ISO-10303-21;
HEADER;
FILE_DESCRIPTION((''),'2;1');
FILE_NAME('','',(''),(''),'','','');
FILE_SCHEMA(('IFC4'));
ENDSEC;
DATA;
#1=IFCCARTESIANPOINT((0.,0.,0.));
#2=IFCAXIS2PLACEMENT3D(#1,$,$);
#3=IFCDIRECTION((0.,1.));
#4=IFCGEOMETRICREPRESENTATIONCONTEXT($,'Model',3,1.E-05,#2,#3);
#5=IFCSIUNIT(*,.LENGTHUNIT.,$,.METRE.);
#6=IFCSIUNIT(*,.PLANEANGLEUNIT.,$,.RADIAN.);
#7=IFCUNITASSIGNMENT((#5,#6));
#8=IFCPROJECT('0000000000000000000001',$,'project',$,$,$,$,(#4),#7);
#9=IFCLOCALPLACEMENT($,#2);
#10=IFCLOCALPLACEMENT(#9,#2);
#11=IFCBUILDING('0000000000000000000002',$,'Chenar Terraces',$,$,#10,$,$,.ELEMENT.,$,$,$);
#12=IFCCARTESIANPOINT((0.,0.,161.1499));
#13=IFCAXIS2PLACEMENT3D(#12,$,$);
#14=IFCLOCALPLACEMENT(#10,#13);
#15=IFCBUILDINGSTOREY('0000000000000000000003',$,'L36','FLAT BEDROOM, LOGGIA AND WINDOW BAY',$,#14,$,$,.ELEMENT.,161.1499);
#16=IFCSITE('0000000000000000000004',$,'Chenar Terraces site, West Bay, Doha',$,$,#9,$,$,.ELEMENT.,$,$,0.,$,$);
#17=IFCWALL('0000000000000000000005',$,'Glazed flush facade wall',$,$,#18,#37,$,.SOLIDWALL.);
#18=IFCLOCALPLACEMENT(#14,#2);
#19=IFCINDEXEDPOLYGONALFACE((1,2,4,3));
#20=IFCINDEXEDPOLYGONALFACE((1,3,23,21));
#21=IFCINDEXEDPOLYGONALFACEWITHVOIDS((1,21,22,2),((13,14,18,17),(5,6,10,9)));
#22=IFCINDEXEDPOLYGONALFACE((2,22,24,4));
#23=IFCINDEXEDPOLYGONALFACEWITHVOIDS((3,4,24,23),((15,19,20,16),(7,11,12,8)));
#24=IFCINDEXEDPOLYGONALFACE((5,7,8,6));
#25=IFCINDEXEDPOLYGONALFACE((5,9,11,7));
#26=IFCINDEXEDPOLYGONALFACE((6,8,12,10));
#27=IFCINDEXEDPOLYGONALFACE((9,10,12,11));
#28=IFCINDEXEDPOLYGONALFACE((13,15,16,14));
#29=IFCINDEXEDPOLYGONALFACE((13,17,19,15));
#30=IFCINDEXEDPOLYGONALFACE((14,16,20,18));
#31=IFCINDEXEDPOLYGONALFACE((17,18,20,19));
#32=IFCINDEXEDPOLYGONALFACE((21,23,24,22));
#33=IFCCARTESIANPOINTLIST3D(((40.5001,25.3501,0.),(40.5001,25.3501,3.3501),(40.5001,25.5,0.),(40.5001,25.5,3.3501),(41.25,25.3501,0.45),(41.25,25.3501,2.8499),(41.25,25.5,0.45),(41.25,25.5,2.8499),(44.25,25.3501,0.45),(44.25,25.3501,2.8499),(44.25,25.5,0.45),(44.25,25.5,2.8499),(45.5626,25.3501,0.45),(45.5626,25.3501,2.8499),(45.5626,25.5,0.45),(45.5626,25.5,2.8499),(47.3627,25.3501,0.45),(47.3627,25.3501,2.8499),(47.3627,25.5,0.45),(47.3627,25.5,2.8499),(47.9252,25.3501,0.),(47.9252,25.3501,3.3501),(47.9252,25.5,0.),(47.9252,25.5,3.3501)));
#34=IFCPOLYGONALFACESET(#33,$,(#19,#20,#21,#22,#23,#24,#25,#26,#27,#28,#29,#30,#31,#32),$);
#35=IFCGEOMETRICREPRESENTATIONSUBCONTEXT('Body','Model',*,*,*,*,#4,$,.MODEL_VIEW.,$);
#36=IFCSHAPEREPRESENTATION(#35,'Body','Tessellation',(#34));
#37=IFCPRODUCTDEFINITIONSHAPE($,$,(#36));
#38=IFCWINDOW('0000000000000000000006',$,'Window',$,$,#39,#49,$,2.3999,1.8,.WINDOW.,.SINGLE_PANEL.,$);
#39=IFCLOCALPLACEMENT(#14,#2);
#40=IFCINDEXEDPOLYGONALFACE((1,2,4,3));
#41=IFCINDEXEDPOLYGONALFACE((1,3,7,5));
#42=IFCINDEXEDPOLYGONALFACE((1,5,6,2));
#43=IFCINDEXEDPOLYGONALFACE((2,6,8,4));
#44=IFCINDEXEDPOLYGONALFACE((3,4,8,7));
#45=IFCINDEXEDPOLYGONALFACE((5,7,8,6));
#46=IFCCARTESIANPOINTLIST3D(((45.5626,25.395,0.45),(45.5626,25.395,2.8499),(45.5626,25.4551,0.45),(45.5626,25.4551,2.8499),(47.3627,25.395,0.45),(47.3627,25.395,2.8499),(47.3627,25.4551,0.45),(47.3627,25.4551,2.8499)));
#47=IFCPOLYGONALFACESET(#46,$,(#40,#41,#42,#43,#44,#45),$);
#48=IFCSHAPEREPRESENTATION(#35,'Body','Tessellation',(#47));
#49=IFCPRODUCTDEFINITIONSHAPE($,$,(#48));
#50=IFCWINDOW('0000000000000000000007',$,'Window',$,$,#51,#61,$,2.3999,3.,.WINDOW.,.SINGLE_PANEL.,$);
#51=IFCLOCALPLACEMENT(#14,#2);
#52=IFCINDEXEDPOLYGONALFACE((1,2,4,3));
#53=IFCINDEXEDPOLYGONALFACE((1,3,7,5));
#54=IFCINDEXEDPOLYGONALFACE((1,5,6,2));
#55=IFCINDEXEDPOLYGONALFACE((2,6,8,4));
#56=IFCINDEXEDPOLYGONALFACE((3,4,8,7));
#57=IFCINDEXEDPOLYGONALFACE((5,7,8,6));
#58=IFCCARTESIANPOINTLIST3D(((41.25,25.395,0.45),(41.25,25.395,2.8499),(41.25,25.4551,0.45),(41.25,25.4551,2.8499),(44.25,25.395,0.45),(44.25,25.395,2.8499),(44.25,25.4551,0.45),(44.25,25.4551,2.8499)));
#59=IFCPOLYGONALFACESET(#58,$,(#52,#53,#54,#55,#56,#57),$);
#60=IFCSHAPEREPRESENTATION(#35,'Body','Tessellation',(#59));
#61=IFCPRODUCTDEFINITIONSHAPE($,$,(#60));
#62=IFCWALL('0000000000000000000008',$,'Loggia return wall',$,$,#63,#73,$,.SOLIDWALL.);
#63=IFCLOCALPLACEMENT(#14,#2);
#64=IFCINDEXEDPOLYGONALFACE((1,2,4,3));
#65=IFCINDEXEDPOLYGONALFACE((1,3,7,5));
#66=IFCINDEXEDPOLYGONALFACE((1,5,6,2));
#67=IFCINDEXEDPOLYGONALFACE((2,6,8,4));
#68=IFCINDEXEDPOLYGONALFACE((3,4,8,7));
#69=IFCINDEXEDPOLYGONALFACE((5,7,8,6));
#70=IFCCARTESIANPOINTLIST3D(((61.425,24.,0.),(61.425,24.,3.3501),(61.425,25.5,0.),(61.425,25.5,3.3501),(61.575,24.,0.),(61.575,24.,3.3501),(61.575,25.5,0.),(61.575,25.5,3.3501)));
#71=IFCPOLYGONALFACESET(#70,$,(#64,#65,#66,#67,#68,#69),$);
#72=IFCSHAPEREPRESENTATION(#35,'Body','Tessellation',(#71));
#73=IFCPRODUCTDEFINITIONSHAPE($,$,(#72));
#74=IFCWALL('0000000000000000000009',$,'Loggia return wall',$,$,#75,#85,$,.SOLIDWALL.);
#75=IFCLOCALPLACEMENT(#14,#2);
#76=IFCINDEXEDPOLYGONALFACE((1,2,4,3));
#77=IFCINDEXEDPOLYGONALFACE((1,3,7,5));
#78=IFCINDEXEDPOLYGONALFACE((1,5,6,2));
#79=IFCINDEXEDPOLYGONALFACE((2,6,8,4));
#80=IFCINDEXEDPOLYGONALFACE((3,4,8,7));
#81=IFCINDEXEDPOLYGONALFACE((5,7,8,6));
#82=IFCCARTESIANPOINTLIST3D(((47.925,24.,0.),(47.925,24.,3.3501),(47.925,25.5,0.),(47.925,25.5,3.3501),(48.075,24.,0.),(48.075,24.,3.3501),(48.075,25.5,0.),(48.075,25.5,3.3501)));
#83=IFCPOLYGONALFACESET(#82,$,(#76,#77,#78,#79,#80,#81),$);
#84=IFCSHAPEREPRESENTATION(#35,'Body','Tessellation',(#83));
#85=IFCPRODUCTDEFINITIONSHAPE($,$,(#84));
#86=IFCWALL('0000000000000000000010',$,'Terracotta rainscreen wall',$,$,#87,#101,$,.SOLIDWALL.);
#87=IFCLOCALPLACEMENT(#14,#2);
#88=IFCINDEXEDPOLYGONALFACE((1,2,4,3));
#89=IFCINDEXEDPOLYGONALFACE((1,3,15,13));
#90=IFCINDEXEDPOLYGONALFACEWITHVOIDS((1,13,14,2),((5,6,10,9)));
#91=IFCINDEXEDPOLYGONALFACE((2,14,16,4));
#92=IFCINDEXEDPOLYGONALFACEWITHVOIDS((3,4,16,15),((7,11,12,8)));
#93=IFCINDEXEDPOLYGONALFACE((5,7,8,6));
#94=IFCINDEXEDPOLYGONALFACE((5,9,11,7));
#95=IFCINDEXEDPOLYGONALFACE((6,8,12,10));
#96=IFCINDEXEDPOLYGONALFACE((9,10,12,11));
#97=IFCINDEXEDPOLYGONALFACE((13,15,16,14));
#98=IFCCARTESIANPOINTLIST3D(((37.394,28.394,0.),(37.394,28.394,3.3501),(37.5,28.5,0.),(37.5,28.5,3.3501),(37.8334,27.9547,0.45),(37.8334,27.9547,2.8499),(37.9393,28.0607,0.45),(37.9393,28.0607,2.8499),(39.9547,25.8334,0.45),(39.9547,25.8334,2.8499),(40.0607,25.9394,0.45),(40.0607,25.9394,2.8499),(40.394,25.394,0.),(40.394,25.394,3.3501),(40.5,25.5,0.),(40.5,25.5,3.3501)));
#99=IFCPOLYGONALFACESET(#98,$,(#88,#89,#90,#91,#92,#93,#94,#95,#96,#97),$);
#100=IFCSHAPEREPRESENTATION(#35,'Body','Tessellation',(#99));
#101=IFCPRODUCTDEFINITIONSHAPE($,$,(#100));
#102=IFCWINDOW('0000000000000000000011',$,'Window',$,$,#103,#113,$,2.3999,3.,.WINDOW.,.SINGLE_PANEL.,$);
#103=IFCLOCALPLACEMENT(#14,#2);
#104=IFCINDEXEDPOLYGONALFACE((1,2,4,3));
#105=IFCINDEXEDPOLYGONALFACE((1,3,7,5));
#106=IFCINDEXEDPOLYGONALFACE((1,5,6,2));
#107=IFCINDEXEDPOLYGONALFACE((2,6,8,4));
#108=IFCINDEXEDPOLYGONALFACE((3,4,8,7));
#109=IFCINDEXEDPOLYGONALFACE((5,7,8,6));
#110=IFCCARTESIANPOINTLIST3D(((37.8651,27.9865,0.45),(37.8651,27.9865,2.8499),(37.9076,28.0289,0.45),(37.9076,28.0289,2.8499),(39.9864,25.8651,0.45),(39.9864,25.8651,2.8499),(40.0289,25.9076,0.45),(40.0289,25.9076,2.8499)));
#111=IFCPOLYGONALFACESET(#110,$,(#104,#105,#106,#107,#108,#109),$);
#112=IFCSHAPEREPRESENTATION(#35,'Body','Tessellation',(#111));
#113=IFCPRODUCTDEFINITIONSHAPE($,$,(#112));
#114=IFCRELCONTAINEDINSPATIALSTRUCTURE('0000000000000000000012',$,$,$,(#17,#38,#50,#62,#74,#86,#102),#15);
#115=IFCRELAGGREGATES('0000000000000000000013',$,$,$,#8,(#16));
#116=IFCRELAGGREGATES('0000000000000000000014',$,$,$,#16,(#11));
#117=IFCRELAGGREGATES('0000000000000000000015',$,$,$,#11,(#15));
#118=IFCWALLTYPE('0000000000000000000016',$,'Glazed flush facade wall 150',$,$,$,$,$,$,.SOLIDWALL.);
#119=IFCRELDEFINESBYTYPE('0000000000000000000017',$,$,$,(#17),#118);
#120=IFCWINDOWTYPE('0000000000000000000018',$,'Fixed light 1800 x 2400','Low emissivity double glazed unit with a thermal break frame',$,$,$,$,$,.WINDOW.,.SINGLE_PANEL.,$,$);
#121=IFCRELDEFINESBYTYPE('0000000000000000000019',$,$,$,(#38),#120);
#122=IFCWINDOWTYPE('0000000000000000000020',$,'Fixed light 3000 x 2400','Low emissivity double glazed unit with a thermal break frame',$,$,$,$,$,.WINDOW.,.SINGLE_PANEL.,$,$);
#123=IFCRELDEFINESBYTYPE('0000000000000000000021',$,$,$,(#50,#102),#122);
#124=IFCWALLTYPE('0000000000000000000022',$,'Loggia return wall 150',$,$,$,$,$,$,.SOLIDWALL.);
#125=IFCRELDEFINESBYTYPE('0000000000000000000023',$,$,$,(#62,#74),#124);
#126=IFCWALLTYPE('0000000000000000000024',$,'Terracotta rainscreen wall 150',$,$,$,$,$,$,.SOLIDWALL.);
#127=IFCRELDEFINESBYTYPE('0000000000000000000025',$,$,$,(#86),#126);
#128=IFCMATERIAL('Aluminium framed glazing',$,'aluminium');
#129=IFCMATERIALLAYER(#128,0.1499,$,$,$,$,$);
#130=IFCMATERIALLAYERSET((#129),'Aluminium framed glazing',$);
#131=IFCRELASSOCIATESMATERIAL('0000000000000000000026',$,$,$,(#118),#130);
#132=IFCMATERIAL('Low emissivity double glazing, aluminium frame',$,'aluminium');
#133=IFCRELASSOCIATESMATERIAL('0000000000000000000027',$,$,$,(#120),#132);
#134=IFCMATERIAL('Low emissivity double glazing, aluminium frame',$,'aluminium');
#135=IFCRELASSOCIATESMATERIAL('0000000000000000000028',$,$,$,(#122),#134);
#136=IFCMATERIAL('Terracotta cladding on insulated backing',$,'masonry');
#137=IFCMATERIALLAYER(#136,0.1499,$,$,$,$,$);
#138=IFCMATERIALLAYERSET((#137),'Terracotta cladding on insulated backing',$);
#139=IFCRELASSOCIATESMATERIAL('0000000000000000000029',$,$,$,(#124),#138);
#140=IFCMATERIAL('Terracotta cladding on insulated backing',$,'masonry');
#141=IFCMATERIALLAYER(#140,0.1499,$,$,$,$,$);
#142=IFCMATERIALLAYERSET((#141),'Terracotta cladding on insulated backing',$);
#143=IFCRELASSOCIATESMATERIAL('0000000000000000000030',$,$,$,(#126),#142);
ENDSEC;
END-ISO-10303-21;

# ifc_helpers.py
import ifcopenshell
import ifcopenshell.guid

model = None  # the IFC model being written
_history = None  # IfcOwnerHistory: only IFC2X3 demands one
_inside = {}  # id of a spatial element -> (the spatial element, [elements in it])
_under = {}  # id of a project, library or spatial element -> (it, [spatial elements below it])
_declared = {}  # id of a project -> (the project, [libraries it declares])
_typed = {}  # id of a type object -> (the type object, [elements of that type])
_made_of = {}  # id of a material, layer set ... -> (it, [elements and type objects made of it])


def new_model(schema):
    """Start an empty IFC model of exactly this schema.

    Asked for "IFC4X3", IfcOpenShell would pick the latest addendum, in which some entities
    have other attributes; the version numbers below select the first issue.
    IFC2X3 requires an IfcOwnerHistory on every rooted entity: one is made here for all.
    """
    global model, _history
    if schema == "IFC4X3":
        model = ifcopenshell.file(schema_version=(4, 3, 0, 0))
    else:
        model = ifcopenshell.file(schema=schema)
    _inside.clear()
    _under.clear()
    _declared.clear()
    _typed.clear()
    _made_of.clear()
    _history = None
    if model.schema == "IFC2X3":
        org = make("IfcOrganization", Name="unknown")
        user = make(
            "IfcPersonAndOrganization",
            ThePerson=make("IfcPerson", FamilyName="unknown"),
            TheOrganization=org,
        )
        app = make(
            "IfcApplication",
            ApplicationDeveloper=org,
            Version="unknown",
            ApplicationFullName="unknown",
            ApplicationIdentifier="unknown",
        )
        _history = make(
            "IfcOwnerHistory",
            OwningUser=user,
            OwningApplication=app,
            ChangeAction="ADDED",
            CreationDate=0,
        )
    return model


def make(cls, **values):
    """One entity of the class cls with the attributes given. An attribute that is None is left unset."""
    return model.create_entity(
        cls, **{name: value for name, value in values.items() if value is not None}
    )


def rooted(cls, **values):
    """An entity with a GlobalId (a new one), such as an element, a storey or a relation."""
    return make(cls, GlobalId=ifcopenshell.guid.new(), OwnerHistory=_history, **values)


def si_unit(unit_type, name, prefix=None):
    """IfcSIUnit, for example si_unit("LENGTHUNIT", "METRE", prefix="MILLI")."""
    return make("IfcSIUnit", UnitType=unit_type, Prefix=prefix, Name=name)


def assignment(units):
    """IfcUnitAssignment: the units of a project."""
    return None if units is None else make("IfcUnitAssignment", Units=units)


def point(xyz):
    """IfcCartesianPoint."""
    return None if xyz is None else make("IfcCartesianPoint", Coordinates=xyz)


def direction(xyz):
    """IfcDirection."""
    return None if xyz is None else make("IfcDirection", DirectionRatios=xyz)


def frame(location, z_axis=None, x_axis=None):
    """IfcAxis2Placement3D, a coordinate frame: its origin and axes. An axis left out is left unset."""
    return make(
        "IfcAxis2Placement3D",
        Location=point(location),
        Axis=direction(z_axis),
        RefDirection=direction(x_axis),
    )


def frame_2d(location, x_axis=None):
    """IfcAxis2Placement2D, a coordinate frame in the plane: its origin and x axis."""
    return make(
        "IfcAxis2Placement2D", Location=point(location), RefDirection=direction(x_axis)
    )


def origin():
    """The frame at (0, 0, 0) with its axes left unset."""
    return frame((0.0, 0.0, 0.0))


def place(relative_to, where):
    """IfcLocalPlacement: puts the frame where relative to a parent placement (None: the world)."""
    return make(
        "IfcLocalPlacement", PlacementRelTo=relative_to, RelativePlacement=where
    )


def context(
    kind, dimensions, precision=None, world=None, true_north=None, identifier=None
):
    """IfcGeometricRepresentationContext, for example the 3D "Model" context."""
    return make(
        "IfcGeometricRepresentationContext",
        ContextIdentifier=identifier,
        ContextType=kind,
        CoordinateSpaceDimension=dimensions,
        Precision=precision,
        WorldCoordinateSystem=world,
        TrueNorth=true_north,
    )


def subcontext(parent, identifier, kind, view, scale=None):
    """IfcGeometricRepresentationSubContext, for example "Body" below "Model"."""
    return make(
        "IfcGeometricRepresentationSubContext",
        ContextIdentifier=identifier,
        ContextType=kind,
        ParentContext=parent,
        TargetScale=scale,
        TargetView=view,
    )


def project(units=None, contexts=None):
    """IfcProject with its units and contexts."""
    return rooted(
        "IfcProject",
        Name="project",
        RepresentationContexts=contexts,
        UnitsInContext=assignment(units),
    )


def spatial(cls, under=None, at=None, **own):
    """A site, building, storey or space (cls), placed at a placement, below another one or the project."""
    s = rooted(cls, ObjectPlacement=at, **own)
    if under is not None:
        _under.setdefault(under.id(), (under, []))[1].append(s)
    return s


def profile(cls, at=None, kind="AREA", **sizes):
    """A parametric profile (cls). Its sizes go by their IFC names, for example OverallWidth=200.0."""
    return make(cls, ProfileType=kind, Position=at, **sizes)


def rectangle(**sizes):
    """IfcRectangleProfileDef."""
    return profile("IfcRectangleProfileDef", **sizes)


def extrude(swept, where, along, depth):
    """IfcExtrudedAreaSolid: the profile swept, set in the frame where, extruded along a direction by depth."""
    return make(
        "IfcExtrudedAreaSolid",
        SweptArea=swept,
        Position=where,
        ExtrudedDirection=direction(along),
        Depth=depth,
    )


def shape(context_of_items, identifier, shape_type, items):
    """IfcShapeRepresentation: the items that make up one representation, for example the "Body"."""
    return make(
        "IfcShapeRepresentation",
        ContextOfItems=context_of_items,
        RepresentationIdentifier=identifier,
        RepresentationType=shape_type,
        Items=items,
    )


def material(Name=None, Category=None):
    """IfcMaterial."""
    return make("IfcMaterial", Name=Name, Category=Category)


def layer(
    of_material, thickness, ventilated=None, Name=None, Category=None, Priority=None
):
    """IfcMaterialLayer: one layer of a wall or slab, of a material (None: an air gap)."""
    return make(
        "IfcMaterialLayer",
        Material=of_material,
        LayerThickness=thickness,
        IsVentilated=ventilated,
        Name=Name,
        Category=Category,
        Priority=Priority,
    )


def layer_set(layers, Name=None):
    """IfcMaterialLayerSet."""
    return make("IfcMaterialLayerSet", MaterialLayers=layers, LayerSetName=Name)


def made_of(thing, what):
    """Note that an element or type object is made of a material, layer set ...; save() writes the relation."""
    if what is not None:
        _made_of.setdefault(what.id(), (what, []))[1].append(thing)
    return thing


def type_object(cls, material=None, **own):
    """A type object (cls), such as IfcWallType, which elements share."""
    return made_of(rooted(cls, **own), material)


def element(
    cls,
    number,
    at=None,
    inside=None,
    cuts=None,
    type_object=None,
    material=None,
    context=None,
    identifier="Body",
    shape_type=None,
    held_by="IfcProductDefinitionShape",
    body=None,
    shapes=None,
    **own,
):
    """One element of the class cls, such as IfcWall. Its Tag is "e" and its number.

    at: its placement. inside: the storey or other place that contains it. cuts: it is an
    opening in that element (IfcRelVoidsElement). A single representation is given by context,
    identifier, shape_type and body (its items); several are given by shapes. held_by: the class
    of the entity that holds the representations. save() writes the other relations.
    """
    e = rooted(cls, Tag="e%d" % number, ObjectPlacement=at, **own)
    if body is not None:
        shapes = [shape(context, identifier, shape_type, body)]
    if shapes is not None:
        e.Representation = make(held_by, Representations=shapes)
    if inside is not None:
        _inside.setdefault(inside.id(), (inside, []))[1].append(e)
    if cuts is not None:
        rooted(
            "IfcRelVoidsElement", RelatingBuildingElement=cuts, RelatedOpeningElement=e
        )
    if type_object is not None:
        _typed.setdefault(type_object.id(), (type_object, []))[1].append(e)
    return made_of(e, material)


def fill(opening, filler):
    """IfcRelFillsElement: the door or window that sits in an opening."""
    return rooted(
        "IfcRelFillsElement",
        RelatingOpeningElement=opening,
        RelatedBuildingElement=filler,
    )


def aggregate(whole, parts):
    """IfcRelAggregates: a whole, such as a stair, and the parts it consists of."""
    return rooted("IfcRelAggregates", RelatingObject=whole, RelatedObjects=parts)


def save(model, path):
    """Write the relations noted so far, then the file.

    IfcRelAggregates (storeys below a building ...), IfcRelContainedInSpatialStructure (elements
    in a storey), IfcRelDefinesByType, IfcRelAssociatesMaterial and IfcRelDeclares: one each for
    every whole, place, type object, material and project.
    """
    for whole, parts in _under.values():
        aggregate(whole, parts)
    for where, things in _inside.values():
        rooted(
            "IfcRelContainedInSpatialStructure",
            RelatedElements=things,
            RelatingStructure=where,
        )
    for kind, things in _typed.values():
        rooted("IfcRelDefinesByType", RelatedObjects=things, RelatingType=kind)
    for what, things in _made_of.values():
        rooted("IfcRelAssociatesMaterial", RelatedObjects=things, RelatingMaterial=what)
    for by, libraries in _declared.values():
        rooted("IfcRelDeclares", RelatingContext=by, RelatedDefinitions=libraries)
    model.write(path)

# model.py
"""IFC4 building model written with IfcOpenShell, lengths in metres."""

from ifc_helpers import new_model, si_unit, direction, frame, frame_2d, origin, place, context, subcontext, project, spatial, rectangle, extrude, material, layer, layer_set, type_object, element, fill, save


model = new_model("IFC4")

# Units and contexts
model_context = context("Model", 3, precision=1e-05, world=origin(), true_north=direction((0.0, 1.0)))
body_context = subcontext(model_context, "Body", "Model", "MODEL_VIEW")
ifc_project = project(units=[si_unit("LENGTHUNIT", "METRE"), si_unit("PLANEANGLEUNIT", "RADIAN")], contexts=[model_context])

# Site, building, storey
site_placement = place(None, origin())
site = spatial("IfcSite", under=ifc_project, at=site_placement, Name="Chenar Terraces site, West Bay, Doha", CompositionType="ELEMENT", RefElevation=0.0)
building_placement = place(site_placement, origin())
building = spatial("IfcBuilding", under=site, at=building_placement, Name="Chenar Terraces", CompositionType="ELEMENT")
storey_placement = place(building_placement, frame((0.0, 0.0, 161.1499)))
storey = spatial("IfcBuildingStorey", under=building, at=storey_placement, Name="L36", Description="FLAT BEDROOM, LOGGIA AND WINDOW BAY", CompositionType="ELEMENT", Elevation=161.1499)

# Wall, openings, windows
ifc_material_1 = material(Name="Aluminium framed glazing", Category="aluminium")
ifc_layer_1 = layer(ifc_material_1, 0.1499)
ifc_layer_set_1 = layer_set([ifc_layer_1], Name="Aluminium framed glazing")
wall_type_1 = type_object("IfcWallType", Name="Glazed flush facade wall 150", PredefinedType="SOLIDWALL", material=ifc_layer_set_1)
wall_1_placement = place(storey_placement, frame((47.925, 25.425, 0.0), z_axis=(0.0, 0.0, 1.0), x_axis=(-1.0, 0.0, 0.0)))
wall_1 = element("IfcWall", 1, at=wall_1_placement, inside=storey, type_object=wall_type_1, Name="Glazed flush facade wall", PredefinedType="SOLIDWALL", context=body_context, shape_type="SweptSolid", body=[
    extrude(rectangle(XDim=7.425, YDim=0.1499, at=frame_2d((3.7124, 0.0))), origin(), (0.0, 0.0, 1.0), 3.3501),
])
opening_1_placement = place(wall_1_placement, frame((0.5625, 0.0, 0.45)))
opening_1 = element("IfcOpeningElement", 2, at=opening_1_placement, cuts=wall_1, PredefinedType="OPENING", context=body_context, shape_type="SweptSolid", body=[
    extrude(rectangle(XDim=1.8, YDim=2.3999, at=frame_2d((0.8999, 1.2))), frame((0.0, 0.085, 0.0), z_axis=(0.0, -1.0, 0.0), x_axis=(1.0, 0.0, 0.0)), (0.0, 0.0, 1.0), 0.1699),
])
opening_2_placement = place(wall_1_placement, frame((3.675, 0.0, 0.45)))
opening_2 = element("IfcOpeningElement", 3, at=opening_2_placement, cuts=wall_1, PredefinedType="OPENING", context=body_context, shape_type="SweptSolid", body=[
    extrude(rectangle(XDim=3.0, YDim=2.3999, at=frame_2d((1.5, 1.2))), frame((0.0, 0.085, 0.0), z_axis=(0.0, -1.0, 0.0), x_axis=(1.0, 0.0, 0.0)), (0.0, 0.0, 1.0), 0.1699),
])
ifc_material_2 = material(Name="Low emissivity double glazing, aluminium frame", Category="aluminium")
window_type_1 = type_object("IfcWindowType", Name="Fixed light 1800 x 2400", Description="Low emissivity double glazed unit with a thermal break frame", PartitioningType="SINGLE_PANEL", PredefinedType="WINDOW", material=ifc_material_2)
window_1_placement = place(opening_1_placement, origin())
window_1 = element("IfcWindow", 4, at=window_1_placement, inside=storey, type_object=window_type_1, Name="Window", OverallHeight=2.3999, OverallWidth=1.8, PartitioningType="SINGLE_PANEL", PredefinedType="WINDOW", context=body_context, shape_type="SweptSolid", body=[
    extrude(rectangle(XDim=1.8, YDim=2.3999, at=frame_2d((0.8999, 1.2))), frame((0.0, 0.03, 0.0), z_axis=(0.0, -1.0, 0.0), x_axis=(1.0, 0.0, 0.0)), (0.0, 0.0, 1.0), 0.0601),
])
fill(opening_1, window_1)
ifc_material_3 = material(Name="Low emissivity double glazing, aluminium frame", Category="aluminium")
window_type_2 = type_object("IfcWindowType", Name="Fixed light 3000 x 2400", Description="Low emissivity double glazed unit with a thermal break frame", PartitioningType="SINGLE_PANEL", PredefinedType="WINDOW", material=ifc_material_3)
window_2_placement = place(opening_2_placement, origin())
window_2 = element("IfcWindow", 5, at=window_2_placement, inside=storey, type_object=window_type_2, Name="Window", OverallHeight=2.3999, OverallWidth=3.0, PartitioningType="SINGLE_PANEL", PredefinedType="WINDOW", context=body_context, shape_type="SweptSolid", body=[
    extrude(rectangle(XDim=3.0, YDim=2.3999, at=frame_2d((1.5, 1.2))), frame((0.0, 0.03, 0.0), z_axis=(0.0, -1.0, 0.0), x_axis=(1.0, 0.0, 0.0)), (0.0, 0.0, 1.0), 0.0601),
])
fill(opening_2, window_2)

# Walls
ifc_material_4 = material(Name="Terracotta cladding on insulated backing", Category="masonry")
ifc_layer_2 = layer(ifc_material_4, 0.1499)
ifc_layer_set_2 = layer_set([ifc_layer_2], Name="Terracotta cladding on insulated backing")
wall_type_2 = type_object("IfcWallType", Name="Loggia return wall 150", PredefinedType="SOLIDWALL", material=ifc_layer_set_2)
for number, where, z_axis, x_axis, name in (
    (6, (61.5, 25.5, 0.0), (0.0, 0.0, 1.0), (0.0, -1.0, 0.0), "Loggia return wall"),
    (7, (48.0, 25.5, 0.0), (0.0, 0.0, 1.0), (0.0, -1.0, 0.0), "Loggia return wall"),
):
    element("IfcWall", number, at=place(storey_placement, frame(where, z_axis=z_axis, x_axis=x_axis)), inside=storey, type_object=wall_type_2, Name=name, PredefinedType="SOLIDWALL", context=body_context, shape_type="SweptSolid", body=[
        extrude(rectangle(XDim=1.5, YDim=0.1499, at=frame_2d((0.75, 0.0))), origin(), (0.0, 0.0, 1.0), 3.3501),
    ])

# Wall, opening, window
ifc_material_5 = material(Name="Terracotta cladding on insulated backing", Category="masonry")
ifc_layer_3 = layer(ifc_material_5, 0.1499)
ifc_layer_set_3 = layer_set([ifc_layer_3], Name="Terracotta cladding on insulated backing")
wall_type_3 = type_object("IfcWallType", Name="Terracotta rainscreen wall 150", PredefinedType="SOLIDWALL", material=ifc_layer_set_3)
wall_2_placement = place(storey_placement, frame((40.447, 25.447, 0.0), z_axis=(0.0, 0.0, 1.0), x_axis=(-0.707107, 0.707107, 0.0)))
wall_2 = element("IfcWall", 8, at=wall_2_placement, inside=storey, type_object=wall_type_3, Name="Terracotta rainscreen wall", PredefinedType="SOLIDWALL", context=body_context, shape_type="SweptSolid", body=[
    extrude(rectangle(XDim=4.2427, YDim=0.1499, at=frame_2d((2.1213, 0.0))), origin(), (0.0, 0.0, 1.0), 3.3501),
])
opening_3_placement = place(wall_2_placement, frame((0.6213, 0.0, 0.45)))
opening_3 = element("IfcOpeningElement", 9, at=opening_3_placement, cuts=wall_2, PredefinedType="OPENING", context=body_context, shape_type="SweptSolid", body=[
    extrude(rectangle(XDim=3.0, YDim=2.3999, at=frame_2d((1.5, 1.2))), frame((0.0, 0.085, 0.0), z_axis=(0.0, -1.0, 0.0), x_axis=(1.0, 0.0, 0.0)), (0.0, 0.0, 1.0), 0.1699),
])
window_3_placement = place(opening_3_placement, origin())
window_3 = element("IfcWindow", 10, at=window_3_placement, inside=storey, type_object=window_type_2, Name="Window", OverallHeight=2.3999, OverallWidth=3.0, PartitioningType="SINGLE_PANEL", PredefinedType="WINDOW", context=body_context, shape_type="SweptSolid", body=[
    extrude(rectangle(XDim=3.0, YDim=2.3999, at=frame_2d((1.5, 1.2))), frame((0.0, 0.03, 0.0), z_axis=(0.0, -1.0, 0.0), x_axis=(1.0, 0.0, 0.0)), (0.0, 0.0, 1.0), 0.0601),
])
fill(opening_3, window_3)

save(model, "model.ifc")
